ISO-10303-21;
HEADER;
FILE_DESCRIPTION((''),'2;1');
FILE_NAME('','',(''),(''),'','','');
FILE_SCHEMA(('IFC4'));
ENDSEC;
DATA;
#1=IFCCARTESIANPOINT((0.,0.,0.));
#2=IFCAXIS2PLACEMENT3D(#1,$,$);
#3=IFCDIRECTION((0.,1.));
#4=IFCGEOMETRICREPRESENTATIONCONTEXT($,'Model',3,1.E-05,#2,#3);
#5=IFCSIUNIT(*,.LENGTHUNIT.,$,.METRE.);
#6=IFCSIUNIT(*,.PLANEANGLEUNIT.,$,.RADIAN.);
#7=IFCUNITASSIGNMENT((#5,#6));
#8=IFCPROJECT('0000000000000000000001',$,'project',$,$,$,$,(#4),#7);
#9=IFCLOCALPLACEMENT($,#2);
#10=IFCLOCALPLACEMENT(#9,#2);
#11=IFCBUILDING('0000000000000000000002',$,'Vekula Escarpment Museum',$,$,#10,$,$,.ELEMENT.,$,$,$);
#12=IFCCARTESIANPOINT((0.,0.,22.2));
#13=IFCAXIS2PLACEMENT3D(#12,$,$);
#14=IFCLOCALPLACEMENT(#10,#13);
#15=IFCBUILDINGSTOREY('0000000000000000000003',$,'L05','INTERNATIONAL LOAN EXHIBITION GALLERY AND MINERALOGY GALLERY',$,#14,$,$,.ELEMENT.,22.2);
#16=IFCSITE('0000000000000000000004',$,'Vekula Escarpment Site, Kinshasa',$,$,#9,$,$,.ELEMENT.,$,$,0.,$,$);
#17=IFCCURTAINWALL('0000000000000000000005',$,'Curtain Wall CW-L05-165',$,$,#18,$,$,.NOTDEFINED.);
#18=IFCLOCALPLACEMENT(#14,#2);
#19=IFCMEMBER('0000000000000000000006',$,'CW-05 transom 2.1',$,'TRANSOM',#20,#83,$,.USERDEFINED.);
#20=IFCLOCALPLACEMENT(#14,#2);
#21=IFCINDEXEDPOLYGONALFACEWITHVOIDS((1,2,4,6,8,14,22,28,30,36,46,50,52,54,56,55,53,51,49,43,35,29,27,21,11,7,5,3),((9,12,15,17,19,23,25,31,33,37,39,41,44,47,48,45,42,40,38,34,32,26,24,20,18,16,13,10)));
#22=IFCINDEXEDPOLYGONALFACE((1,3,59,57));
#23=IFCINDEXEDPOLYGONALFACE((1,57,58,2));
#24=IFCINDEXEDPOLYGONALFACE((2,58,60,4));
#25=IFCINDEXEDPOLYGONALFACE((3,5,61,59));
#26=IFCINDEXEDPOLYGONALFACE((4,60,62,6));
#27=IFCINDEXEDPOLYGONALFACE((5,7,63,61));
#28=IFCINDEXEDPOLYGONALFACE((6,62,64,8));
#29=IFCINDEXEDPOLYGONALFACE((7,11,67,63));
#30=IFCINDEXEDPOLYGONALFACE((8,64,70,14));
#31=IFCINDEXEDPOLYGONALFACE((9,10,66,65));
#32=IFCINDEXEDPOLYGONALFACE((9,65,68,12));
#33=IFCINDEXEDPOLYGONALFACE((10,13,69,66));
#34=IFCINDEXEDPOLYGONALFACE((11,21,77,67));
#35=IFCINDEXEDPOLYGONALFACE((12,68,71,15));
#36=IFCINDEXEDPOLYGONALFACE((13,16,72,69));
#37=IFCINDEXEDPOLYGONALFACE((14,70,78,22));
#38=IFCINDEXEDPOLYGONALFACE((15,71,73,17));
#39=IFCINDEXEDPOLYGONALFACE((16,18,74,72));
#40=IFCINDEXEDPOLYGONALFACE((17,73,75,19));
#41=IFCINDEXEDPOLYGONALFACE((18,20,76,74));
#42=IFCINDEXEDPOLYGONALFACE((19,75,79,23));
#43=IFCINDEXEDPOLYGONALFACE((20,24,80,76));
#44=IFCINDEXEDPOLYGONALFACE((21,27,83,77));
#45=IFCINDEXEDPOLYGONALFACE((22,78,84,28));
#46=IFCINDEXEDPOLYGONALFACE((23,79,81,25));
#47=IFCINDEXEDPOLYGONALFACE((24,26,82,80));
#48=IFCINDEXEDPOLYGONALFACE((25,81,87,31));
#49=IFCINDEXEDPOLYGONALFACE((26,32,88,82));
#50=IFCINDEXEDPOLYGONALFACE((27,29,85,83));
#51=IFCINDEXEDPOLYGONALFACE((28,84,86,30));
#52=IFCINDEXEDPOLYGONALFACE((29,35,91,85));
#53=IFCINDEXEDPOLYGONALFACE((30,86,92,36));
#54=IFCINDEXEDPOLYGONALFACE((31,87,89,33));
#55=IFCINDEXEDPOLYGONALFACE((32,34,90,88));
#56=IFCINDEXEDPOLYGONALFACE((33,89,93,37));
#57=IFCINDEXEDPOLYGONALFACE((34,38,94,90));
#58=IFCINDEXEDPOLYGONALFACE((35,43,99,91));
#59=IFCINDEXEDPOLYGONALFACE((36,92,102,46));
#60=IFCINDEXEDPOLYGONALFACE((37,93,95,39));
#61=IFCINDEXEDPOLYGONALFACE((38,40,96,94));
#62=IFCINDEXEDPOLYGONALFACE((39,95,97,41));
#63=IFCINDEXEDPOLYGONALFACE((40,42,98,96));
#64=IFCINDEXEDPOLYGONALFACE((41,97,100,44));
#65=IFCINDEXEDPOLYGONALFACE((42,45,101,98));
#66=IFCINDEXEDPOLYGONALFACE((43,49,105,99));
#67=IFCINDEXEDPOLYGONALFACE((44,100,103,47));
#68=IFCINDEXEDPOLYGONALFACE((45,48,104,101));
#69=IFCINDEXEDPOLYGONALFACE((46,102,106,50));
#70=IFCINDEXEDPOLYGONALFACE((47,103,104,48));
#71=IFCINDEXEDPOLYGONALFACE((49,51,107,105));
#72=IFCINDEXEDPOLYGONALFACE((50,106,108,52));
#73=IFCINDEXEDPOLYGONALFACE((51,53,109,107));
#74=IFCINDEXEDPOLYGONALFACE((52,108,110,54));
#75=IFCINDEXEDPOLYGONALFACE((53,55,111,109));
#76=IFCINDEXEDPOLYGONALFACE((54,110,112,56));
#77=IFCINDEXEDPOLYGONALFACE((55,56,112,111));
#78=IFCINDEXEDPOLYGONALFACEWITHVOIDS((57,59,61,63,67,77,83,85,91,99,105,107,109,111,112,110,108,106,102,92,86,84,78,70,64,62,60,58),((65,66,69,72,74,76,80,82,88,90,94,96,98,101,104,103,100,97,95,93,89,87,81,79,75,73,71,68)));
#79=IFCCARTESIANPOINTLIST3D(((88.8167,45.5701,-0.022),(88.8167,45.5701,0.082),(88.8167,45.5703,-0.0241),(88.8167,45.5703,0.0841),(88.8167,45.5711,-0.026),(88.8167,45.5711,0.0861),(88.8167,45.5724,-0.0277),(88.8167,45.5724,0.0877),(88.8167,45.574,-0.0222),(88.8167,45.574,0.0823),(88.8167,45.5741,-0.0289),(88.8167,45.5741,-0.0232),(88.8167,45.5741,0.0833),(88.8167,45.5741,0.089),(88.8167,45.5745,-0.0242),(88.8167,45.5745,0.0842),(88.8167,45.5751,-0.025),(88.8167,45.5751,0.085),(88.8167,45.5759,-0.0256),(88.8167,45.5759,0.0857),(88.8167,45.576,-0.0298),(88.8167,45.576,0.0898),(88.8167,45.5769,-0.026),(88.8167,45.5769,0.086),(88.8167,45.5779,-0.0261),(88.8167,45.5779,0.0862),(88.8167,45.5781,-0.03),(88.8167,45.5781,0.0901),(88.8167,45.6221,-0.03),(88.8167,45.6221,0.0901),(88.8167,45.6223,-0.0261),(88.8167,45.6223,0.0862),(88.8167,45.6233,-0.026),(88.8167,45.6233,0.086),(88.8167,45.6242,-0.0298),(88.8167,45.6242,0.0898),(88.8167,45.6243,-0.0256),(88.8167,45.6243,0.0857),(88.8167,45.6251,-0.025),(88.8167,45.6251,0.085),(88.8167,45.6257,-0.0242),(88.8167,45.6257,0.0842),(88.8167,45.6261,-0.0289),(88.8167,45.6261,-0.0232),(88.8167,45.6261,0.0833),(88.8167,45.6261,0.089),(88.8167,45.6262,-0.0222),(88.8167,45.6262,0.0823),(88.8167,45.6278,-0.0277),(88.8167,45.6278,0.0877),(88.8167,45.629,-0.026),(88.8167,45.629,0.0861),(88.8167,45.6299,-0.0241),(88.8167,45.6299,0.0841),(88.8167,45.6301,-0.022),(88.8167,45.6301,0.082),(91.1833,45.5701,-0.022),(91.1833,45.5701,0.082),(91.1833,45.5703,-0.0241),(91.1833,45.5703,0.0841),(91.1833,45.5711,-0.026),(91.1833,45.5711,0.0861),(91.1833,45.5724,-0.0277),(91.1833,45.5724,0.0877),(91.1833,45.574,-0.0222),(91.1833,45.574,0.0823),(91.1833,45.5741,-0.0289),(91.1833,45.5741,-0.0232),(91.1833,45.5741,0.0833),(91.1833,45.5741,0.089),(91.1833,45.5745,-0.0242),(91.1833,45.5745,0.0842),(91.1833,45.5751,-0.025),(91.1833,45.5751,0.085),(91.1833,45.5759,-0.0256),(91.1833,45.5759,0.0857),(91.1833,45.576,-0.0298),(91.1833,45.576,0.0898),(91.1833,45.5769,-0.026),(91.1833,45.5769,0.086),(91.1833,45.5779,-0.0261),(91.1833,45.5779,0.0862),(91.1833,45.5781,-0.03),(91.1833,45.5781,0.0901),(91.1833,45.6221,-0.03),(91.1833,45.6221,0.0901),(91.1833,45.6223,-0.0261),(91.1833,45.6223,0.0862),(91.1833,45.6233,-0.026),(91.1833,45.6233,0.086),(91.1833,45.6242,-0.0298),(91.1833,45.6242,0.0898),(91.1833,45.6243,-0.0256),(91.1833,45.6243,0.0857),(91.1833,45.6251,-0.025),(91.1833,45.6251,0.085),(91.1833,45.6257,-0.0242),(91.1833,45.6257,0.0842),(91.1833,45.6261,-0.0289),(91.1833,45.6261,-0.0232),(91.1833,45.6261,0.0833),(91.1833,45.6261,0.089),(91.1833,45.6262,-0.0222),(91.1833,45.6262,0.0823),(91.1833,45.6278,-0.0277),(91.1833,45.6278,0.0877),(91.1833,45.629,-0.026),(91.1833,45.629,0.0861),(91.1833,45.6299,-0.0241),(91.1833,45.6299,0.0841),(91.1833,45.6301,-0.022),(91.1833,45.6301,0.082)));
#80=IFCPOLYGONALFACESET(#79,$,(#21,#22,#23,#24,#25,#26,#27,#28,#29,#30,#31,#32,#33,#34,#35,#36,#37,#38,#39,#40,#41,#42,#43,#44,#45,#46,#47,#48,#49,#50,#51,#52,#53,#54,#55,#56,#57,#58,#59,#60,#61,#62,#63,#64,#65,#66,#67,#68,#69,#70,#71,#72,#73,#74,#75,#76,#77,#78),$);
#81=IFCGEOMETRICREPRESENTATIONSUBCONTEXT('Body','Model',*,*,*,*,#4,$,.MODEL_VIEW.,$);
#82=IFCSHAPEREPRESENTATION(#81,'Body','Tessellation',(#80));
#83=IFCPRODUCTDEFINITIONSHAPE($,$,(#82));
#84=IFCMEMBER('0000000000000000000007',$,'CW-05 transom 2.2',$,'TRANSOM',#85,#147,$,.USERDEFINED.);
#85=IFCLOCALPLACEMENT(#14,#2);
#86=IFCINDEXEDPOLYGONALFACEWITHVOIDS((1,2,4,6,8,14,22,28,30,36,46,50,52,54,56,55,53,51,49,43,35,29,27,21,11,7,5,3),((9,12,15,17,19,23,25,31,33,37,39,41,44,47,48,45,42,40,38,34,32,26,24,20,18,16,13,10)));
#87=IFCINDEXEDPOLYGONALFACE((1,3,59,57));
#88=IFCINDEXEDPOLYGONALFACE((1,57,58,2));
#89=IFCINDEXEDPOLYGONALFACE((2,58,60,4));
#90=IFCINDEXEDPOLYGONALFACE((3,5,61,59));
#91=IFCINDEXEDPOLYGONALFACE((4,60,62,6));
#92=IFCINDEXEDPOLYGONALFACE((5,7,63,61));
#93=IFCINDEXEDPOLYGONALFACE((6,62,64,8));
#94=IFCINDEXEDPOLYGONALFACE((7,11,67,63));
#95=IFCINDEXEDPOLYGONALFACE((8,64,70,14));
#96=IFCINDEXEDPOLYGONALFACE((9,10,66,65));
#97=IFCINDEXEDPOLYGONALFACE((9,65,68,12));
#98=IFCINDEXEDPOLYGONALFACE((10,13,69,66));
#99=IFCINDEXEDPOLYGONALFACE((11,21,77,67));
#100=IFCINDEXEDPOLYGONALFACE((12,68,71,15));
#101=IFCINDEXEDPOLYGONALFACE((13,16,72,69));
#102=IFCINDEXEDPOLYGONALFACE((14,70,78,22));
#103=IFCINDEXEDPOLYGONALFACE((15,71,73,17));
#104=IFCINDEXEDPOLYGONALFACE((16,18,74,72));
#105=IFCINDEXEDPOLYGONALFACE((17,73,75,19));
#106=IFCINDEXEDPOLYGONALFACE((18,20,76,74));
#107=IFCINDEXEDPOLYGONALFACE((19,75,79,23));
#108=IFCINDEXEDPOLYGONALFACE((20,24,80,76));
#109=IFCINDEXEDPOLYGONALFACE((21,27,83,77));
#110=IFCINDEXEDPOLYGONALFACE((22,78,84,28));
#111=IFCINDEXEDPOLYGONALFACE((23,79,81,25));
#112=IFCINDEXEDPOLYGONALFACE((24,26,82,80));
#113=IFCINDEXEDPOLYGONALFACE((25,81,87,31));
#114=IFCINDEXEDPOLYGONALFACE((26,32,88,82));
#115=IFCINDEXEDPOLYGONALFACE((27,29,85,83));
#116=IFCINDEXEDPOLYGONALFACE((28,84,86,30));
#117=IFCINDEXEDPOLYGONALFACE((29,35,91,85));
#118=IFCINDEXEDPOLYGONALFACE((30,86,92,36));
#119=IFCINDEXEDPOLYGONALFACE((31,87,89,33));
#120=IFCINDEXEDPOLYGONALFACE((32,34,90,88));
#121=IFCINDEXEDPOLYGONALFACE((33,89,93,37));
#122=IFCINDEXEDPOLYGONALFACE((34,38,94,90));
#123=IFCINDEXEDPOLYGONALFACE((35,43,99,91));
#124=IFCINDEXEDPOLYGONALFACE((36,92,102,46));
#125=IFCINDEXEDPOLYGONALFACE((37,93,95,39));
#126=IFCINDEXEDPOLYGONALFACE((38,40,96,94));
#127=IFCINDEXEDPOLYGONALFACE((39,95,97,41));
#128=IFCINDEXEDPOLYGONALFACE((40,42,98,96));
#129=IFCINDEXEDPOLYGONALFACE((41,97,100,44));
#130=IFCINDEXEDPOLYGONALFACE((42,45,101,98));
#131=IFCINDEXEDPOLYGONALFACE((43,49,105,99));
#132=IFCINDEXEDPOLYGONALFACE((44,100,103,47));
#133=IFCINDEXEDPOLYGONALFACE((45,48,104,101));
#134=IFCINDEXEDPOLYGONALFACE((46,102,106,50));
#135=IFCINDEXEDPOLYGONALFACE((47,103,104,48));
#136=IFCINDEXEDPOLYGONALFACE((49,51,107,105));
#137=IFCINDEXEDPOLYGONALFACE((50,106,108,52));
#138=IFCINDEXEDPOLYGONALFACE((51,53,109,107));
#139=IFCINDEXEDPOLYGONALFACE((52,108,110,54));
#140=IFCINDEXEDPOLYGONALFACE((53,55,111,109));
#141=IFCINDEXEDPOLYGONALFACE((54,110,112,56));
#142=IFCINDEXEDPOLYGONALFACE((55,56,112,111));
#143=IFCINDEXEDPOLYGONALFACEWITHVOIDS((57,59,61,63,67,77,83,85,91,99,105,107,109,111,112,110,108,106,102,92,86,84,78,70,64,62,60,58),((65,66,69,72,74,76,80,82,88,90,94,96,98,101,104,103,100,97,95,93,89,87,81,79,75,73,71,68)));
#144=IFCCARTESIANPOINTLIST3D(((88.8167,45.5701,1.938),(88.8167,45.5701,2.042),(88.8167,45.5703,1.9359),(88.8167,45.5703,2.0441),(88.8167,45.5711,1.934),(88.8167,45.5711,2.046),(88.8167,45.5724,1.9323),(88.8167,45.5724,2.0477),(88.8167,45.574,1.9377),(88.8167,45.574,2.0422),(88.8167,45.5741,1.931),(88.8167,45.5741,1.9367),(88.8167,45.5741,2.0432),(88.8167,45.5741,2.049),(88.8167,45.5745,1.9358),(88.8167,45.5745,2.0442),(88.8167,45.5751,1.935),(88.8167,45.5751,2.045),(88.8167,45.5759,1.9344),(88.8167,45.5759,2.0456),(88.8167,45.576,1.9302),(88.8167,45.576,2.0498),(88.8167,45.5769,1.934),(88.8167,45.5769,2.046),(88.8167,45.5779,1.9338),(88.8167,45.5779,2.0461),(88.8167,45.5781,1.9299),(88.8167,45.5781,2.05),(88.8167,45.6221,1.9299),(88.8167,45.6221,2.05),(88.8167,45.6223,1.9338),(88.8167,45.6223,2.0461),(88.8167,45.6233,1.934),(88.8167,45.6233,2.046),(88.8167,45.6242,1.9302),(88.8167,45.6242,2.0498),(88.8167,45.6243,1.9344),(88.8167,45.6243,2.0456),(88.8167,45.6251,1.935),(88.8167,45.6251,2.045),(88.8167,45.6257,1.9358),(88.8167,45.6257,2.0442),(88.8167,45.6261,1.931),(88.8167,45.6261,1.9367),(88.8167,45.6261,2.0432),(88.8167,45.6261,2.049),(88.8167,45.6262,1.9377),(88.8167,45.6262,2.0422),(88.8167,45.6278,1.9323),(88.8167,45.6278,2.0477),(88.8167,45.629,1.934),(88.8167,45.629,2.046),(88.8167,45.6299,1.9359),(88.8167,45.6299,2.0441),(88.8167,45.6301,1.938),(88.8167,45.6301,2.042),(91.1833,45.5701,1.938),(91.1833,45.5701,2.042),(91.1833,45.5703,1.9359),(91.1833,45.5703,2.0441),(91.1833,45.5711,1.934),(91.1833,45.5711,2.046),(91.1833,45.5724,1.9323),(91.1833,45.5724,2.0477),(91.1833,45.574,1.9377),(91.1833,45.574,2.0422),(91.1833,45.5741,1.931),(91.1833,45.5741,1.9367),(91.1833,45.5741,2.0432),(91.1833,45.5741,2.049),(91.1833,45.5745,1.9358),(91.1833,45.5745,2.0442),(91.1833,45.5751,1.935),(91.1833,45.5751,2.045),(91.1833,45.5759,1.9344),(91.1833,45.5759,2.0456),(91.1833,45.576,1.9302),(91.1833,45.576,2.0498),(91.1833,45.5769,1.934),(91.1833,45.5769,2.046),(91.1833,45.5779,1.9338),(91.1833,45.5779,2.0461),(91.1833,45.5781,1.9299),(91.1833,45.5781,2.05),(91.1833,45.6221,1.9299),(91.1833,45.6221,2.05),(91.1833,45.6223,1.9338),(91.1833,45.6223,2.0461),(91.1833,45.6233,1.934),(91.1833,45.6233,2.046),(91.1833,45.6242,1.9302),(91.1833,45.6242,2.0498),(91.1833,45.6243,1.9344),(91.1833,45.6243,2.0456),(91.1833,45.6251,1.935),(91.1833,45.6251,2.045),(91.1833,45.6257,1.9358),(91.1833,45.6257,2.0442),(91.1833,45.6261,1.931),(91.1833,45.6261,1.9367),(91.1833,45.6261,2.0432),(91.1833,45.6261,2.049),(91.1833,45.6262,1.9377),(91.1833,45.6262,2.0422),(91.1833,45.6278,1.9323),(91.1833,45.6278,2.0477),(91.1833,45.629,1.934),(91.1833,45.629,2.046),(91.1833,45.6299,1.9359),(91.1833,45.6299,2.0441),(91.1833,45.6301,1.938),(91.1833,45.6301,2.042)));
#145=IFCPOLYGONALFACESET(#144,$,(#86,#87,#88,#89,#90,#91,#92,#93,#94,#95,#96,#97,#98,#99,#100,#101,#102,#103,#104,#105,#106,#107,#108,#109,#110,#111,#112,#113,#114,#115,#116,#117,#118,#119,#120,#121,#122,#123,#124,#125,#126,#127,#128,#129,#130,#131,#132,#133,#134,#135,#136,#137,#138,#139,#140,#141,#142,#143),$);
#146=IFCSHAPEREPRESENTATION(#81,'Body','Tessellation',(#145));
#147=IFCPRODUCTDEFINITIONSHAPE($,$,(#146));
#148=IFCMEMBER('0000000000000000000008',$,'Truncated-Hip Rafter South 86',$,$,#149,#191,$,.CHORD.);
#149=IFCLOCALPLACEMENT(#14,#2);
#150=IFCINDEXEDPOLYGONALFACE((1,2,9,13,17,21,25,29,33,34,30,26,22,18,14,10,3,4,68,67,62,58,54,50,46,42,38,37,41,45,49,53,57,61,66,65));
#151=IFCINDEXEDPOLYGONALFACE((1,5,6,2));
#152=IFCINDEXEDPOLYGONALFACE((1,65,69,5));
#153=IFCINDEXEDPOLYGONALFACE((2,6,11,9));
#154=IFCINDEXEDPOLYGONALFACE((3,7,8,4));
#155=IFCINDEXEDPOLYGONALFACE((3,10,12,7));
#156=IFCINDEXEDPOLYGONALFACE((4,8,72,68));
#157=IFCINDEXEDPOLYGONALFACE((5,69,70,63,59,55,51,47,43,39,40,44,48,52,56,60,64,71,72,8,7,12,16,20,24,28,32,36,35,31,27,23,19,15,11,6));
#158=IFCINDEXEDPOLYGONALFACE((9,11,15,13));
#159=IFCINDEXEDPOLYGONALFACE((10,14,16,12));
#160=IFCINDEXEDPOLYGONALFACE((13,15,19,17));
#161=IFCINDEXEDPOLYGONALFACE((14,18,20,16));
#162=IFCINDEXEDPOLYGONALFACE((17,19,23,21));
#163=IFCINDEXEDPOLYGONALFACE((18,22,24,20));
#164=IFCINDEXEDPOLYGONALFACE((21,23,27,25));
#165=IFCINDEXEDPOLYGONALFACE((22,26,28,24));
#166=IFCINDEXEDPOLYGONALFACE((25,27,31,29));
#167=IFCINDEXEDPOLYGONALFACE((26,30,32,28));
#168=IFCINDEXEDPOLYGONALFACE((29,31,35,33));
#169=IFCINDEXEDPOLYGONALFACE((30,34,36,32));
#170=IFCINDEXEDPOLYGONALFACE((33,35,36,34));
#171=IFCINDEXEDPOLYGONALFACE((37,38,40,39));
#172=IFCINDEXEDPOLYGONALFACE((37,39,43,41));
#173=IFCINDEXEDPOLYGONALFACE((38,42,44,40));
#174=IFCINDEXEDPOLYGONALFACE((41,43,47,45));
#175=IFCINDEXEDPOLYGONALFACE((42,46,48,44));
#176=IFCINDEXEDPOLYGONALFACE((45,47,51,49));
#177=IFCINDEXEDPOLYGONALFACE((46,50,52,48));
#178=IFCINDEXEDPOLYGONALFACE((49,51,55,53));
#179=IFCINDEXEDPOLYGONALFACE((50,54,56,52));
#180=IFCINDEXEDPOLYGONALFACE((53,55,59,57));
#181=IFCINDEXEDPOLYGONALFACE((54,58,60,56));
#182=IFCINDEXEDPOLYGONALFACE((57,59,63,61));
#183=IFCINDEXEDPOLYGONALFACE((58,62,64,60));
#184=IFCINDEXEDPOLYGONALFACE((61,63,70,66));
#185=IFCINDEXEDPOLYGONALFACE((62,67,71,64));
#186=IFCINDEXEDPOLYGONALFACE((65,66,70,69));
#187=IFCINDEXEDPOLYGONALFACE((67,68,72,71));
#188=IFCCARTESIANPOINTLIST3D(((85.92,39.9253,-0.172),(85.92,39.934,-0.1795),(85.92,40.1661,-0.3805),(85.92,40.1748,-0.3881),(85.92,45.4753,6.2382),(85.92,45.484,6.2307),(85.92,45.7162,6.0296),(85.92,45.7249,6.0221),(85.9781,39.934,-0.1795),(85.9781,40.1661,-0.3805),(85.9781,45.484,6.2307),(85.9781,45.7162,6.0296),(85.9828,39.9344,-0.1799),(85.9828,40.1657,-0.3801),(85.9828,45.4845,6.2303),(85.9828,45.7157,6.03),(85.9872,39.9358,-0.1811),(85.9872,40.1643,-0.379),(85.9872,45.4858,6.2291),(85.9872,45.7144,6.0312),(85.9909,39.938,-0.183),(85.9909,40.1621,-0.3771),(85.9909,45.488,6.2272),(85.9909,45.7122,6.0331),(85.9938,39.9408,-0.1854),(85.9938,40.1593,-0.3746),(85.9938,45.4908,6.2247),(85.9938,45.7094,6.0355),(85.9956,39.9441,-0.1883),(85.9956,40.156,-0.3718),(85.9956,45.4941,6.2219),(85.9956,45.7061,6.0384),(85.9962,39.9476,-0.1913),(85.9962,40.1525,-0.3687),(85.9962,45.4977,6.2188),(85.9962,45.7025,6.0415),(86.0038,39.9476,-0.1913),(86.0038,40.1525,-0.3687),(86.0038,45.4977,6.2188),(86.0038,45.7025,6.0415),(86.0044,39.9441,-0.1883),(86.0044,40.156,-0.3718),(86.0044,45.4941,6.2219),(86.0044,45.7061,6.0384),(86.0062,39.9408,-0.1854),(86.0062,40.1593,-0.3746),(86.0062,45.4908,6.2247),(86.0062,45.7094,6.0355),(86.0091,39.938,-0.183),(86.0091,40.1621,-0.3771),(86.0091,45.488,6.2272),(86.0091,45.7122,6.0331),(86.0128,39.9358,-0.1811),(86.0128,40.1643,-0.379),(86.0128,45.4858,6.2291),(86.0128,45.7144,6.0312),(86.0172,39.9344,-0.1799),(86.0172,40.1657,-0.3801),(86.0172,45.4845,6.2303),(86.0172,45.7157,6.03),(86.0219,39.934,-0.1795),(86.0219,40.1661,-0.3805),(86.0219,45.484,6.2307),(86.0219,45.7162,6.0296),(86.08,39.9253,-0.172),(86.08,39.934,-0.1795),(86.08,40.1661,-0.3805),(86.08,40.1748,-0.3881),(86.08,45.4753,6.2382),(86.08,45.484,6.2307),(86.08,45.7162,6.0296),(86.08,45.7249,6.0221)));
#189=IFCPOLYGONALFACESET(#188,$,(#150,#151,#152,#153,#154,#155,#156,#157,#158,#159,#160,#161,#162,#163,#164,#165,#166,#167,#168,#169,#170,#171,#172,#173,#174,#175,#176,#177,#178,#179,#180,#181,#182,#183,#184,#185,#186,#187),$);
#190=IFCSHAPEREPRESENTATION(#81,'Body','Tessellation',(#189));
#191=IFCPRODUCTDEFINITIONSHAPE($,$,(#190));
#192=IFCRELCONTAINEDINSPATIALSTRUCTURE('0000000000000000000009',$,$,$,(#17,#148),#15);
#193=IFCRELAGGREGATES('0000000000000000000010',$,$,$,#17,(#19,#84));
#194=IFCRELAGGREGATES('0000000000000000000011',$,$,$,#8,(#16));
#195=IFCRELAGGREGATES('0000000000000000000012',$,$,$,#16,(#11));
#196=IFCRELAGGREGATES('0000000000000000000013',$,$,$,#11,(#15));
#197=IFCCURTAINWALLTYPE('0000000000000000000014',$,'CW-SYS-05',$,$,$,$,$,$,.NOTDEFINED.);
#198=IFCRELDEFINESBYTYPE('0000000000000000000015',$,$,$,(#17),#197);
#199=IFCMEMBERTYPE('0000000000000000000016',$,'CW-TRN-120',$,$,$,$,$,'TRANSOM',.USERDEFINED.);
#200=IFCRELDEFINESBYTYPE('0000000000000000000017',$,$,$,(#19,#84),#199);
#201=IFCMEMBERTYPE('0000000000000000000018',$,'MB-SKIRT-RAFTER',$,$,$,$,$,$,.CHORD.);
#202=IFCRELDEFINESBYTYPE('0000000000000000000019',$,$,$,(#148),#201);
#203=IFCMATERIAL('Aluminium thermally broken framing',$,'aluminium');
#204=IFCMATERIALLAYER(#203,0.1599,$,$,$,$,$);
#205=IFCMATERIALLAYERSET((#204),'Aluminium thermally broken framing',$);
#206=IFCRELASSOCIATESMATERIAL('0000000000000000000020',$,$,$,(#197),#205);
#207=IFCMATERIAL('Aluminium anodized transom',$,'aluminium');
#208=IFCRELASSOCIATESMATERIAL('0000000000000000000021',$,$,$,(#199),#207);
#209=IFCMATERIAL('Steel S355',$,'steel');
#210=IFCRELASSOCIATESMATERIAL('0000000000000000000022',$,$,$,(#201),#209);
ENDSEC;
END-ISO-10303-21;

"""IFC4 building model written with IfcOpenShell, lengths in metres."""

from ifc_helpers import new_model, si_unit, direction, frame, origin, origin_2d, place, context, subcontext, project, spatial, hollow_rectangle, i_section, extrude, material, layer, layer_set, material_profile, profile_set, type_object, element, aggregate, save


model = new_model("IFC4")

# Units and contexts
model_context = context("Model", 3, precision=1e-05, world=origin(), true_north=direction((0.0, 1.0)))
body_context = subcontext(model_context, "Body", "Model", "MODEL_VIEW")
ifc_project = project(units=[si_unit("LENGTHUNIT", "METRE"), si_unit("PLANEANGLEUNIT", "RADIAN")], contexts=[model_context])

# Site, building, storey
site_placement = place(None, origin())
site = spatial("IfcSite", under=ifc_project, at=site_placement, Name="Vekula Escarpment Site, Kinshasa", CompositionType="ELEMENT", RefElevation=0.0)
building_placement = place(site_placement, origin())
building = spatial("IfcBuilding", under=site, at=building_placement, Name="Vekula Escarpment Museum", CompositionType="ELEMENT")
storey_placement = place(building_placement, frame((0.0, 0.0, 22.2)))
storey = spatial("IfcBuildingStorey", under=building, at=storey_placement, Name="L05", Description="INTERNATIONAL LOAN EXHIBITION GALLERY AND MINERALOGY GALLERY", CompositionType="ELEMENT", Elevation=22.2)

# Curtain wall, members
ifc_material_1 = material(Name="Aluminium thermally broken framing", Category="aluminium")
ifc_layer_1 = layer(ifc_material_1, 0.1599)
ifc_layer_set_1 = layer_set([ifc_layer_1], Name="Aluminium thermally broken framing")
curtain_wall_type_1 = type_object("IfcCurtainWallType", Name="CW-SYS-05", PredefinedType="NOTDEFINED", material=ifc_layer_set_1)
curtain_wall_1_placement = place(storey_placement, origin())
curtain_wall_1 = element("IfcCurtainWall", 1, at=curtain_wall_1_placement, inside=storey, type_object=curtain_wall_type_1, Name="Curtain Wall CW-L05-165", PredefinedType="NOTDEFINED")
ifc_material_2 = material(Name="Aluminium anodized transom", Category="aluminium")
ifc_material_profile_1 = material_profile(ifc_material_2, hollow_rectangle(XDim=0.0601, YDim=0.1201, WallThickness=0.0039, InnerFilletRadius=0.0039, OuterFilletRadius=0.0081, at=origin_2d()), Name="ALU 120x60x4")
ifc_profile_set_1 = profile_set([ifc_material_profile_1], Name="Aluminium anodized transom")
member_type_1 = type_object("IfcMemberType", Name="CW-TRN-120", ElementType="TRANSOM", PredefinedType="USERDEFINED", material=ifc_profile_set_1)
member_1_placement = place(storey_placement, frame((88.8167, 45.6001, 0.03), z_axis=(1.0, 0.0, 0.0), x_axis=(0.0, 1.0, 0.0)))
member_1 = element("IfcMember", 2, at=member_1_placement, type_object=member_type_1, Name="CW-05 transom 2.1", ObjectType="TRANSOM", PredefinedType="USERDEFINED", context=body_context, shape_type="SweptSolid", body=[
    extrude(hollow_rectangle(XDim=0.0601, YDim=0.1201, WallThickness=0.0039, InnerFilletRadius=0.0039, OuterFilletRadius=0.0081, at=origin_2d()), origin(), (0.0, 0.0, 1.0), 2.3667),
])
member_2_placement = place(storey_placement, frame((88.8167, 45.6001, 1.99), z_axis=(1.0, 0.0, 0.0), x_axis=(0.0, 1.0, 0.0)))
member_2 = element("IfcMember", 3, at=member_2_placement, type_object=member_type_1, Name="CW-05 transom 2.2", ObjectType="TRANSOM", PredefinedType="USERDEFINED", context=body_context, shape_type="SweptSolid", body=[
    extrude(hollow_rectangle(XDim=0.0601, YDim=0.1201, WallThickness=0.0039, InnerFilletRadius=0.0039, OuterFilletRadius=0.0081, at=origin_2d()), origin(), (0.0, 0.0, 1.0), 2.3667),
])

# Member
ifc_material_3 = material(Name="Steel S355", Category="steel")
ifc_material_profile_2 = material_profile(ifc_material_3, i_section(OverallWidth=0.1599, OverallDepth=0.3301, WebThickness=0.0076, FlangeThickness=0.0115, FilletRadius=0.0181, at=origin_2d()), Name="IPE 330")
ifc_profile_set_2 = profile_set([ifc_material_profile_2], Name="Steel S355")
member_type_2 = type_object("IfcMemberType", Name="MB-SKIRT-RAFTER", PredefinedType="CHORD", material=ifc_profile_set_2)
member_3_placement = place(storey_placement, frame((86.0, 40.05, -0.28), z_axis=(0.0, 0.654565, 0.756005), x_axis=(-1.0, 0.0, 0.0)))
element("IfcMember", 4, at=member_3_placement, inside=storey, type_object=member_type_2, Name="Truncated-Hip Rafter South 86", PredefinedType="CHORD", context=body_context, shape_type="SweptSolid", body=[
    extrude(i_section(OverallWidth=0.1599, OverallDepth=0.3301, WebThickness=0.0076, FlangeThickness=0.0115, FilletRadius=0.0181, at=origin_2d()), origin(), (0.0, 0.0, 1.0), 8.479),
])

aggregate(curtain_wall_1, [member_1, member_2])

save(model, "model.ifc")
